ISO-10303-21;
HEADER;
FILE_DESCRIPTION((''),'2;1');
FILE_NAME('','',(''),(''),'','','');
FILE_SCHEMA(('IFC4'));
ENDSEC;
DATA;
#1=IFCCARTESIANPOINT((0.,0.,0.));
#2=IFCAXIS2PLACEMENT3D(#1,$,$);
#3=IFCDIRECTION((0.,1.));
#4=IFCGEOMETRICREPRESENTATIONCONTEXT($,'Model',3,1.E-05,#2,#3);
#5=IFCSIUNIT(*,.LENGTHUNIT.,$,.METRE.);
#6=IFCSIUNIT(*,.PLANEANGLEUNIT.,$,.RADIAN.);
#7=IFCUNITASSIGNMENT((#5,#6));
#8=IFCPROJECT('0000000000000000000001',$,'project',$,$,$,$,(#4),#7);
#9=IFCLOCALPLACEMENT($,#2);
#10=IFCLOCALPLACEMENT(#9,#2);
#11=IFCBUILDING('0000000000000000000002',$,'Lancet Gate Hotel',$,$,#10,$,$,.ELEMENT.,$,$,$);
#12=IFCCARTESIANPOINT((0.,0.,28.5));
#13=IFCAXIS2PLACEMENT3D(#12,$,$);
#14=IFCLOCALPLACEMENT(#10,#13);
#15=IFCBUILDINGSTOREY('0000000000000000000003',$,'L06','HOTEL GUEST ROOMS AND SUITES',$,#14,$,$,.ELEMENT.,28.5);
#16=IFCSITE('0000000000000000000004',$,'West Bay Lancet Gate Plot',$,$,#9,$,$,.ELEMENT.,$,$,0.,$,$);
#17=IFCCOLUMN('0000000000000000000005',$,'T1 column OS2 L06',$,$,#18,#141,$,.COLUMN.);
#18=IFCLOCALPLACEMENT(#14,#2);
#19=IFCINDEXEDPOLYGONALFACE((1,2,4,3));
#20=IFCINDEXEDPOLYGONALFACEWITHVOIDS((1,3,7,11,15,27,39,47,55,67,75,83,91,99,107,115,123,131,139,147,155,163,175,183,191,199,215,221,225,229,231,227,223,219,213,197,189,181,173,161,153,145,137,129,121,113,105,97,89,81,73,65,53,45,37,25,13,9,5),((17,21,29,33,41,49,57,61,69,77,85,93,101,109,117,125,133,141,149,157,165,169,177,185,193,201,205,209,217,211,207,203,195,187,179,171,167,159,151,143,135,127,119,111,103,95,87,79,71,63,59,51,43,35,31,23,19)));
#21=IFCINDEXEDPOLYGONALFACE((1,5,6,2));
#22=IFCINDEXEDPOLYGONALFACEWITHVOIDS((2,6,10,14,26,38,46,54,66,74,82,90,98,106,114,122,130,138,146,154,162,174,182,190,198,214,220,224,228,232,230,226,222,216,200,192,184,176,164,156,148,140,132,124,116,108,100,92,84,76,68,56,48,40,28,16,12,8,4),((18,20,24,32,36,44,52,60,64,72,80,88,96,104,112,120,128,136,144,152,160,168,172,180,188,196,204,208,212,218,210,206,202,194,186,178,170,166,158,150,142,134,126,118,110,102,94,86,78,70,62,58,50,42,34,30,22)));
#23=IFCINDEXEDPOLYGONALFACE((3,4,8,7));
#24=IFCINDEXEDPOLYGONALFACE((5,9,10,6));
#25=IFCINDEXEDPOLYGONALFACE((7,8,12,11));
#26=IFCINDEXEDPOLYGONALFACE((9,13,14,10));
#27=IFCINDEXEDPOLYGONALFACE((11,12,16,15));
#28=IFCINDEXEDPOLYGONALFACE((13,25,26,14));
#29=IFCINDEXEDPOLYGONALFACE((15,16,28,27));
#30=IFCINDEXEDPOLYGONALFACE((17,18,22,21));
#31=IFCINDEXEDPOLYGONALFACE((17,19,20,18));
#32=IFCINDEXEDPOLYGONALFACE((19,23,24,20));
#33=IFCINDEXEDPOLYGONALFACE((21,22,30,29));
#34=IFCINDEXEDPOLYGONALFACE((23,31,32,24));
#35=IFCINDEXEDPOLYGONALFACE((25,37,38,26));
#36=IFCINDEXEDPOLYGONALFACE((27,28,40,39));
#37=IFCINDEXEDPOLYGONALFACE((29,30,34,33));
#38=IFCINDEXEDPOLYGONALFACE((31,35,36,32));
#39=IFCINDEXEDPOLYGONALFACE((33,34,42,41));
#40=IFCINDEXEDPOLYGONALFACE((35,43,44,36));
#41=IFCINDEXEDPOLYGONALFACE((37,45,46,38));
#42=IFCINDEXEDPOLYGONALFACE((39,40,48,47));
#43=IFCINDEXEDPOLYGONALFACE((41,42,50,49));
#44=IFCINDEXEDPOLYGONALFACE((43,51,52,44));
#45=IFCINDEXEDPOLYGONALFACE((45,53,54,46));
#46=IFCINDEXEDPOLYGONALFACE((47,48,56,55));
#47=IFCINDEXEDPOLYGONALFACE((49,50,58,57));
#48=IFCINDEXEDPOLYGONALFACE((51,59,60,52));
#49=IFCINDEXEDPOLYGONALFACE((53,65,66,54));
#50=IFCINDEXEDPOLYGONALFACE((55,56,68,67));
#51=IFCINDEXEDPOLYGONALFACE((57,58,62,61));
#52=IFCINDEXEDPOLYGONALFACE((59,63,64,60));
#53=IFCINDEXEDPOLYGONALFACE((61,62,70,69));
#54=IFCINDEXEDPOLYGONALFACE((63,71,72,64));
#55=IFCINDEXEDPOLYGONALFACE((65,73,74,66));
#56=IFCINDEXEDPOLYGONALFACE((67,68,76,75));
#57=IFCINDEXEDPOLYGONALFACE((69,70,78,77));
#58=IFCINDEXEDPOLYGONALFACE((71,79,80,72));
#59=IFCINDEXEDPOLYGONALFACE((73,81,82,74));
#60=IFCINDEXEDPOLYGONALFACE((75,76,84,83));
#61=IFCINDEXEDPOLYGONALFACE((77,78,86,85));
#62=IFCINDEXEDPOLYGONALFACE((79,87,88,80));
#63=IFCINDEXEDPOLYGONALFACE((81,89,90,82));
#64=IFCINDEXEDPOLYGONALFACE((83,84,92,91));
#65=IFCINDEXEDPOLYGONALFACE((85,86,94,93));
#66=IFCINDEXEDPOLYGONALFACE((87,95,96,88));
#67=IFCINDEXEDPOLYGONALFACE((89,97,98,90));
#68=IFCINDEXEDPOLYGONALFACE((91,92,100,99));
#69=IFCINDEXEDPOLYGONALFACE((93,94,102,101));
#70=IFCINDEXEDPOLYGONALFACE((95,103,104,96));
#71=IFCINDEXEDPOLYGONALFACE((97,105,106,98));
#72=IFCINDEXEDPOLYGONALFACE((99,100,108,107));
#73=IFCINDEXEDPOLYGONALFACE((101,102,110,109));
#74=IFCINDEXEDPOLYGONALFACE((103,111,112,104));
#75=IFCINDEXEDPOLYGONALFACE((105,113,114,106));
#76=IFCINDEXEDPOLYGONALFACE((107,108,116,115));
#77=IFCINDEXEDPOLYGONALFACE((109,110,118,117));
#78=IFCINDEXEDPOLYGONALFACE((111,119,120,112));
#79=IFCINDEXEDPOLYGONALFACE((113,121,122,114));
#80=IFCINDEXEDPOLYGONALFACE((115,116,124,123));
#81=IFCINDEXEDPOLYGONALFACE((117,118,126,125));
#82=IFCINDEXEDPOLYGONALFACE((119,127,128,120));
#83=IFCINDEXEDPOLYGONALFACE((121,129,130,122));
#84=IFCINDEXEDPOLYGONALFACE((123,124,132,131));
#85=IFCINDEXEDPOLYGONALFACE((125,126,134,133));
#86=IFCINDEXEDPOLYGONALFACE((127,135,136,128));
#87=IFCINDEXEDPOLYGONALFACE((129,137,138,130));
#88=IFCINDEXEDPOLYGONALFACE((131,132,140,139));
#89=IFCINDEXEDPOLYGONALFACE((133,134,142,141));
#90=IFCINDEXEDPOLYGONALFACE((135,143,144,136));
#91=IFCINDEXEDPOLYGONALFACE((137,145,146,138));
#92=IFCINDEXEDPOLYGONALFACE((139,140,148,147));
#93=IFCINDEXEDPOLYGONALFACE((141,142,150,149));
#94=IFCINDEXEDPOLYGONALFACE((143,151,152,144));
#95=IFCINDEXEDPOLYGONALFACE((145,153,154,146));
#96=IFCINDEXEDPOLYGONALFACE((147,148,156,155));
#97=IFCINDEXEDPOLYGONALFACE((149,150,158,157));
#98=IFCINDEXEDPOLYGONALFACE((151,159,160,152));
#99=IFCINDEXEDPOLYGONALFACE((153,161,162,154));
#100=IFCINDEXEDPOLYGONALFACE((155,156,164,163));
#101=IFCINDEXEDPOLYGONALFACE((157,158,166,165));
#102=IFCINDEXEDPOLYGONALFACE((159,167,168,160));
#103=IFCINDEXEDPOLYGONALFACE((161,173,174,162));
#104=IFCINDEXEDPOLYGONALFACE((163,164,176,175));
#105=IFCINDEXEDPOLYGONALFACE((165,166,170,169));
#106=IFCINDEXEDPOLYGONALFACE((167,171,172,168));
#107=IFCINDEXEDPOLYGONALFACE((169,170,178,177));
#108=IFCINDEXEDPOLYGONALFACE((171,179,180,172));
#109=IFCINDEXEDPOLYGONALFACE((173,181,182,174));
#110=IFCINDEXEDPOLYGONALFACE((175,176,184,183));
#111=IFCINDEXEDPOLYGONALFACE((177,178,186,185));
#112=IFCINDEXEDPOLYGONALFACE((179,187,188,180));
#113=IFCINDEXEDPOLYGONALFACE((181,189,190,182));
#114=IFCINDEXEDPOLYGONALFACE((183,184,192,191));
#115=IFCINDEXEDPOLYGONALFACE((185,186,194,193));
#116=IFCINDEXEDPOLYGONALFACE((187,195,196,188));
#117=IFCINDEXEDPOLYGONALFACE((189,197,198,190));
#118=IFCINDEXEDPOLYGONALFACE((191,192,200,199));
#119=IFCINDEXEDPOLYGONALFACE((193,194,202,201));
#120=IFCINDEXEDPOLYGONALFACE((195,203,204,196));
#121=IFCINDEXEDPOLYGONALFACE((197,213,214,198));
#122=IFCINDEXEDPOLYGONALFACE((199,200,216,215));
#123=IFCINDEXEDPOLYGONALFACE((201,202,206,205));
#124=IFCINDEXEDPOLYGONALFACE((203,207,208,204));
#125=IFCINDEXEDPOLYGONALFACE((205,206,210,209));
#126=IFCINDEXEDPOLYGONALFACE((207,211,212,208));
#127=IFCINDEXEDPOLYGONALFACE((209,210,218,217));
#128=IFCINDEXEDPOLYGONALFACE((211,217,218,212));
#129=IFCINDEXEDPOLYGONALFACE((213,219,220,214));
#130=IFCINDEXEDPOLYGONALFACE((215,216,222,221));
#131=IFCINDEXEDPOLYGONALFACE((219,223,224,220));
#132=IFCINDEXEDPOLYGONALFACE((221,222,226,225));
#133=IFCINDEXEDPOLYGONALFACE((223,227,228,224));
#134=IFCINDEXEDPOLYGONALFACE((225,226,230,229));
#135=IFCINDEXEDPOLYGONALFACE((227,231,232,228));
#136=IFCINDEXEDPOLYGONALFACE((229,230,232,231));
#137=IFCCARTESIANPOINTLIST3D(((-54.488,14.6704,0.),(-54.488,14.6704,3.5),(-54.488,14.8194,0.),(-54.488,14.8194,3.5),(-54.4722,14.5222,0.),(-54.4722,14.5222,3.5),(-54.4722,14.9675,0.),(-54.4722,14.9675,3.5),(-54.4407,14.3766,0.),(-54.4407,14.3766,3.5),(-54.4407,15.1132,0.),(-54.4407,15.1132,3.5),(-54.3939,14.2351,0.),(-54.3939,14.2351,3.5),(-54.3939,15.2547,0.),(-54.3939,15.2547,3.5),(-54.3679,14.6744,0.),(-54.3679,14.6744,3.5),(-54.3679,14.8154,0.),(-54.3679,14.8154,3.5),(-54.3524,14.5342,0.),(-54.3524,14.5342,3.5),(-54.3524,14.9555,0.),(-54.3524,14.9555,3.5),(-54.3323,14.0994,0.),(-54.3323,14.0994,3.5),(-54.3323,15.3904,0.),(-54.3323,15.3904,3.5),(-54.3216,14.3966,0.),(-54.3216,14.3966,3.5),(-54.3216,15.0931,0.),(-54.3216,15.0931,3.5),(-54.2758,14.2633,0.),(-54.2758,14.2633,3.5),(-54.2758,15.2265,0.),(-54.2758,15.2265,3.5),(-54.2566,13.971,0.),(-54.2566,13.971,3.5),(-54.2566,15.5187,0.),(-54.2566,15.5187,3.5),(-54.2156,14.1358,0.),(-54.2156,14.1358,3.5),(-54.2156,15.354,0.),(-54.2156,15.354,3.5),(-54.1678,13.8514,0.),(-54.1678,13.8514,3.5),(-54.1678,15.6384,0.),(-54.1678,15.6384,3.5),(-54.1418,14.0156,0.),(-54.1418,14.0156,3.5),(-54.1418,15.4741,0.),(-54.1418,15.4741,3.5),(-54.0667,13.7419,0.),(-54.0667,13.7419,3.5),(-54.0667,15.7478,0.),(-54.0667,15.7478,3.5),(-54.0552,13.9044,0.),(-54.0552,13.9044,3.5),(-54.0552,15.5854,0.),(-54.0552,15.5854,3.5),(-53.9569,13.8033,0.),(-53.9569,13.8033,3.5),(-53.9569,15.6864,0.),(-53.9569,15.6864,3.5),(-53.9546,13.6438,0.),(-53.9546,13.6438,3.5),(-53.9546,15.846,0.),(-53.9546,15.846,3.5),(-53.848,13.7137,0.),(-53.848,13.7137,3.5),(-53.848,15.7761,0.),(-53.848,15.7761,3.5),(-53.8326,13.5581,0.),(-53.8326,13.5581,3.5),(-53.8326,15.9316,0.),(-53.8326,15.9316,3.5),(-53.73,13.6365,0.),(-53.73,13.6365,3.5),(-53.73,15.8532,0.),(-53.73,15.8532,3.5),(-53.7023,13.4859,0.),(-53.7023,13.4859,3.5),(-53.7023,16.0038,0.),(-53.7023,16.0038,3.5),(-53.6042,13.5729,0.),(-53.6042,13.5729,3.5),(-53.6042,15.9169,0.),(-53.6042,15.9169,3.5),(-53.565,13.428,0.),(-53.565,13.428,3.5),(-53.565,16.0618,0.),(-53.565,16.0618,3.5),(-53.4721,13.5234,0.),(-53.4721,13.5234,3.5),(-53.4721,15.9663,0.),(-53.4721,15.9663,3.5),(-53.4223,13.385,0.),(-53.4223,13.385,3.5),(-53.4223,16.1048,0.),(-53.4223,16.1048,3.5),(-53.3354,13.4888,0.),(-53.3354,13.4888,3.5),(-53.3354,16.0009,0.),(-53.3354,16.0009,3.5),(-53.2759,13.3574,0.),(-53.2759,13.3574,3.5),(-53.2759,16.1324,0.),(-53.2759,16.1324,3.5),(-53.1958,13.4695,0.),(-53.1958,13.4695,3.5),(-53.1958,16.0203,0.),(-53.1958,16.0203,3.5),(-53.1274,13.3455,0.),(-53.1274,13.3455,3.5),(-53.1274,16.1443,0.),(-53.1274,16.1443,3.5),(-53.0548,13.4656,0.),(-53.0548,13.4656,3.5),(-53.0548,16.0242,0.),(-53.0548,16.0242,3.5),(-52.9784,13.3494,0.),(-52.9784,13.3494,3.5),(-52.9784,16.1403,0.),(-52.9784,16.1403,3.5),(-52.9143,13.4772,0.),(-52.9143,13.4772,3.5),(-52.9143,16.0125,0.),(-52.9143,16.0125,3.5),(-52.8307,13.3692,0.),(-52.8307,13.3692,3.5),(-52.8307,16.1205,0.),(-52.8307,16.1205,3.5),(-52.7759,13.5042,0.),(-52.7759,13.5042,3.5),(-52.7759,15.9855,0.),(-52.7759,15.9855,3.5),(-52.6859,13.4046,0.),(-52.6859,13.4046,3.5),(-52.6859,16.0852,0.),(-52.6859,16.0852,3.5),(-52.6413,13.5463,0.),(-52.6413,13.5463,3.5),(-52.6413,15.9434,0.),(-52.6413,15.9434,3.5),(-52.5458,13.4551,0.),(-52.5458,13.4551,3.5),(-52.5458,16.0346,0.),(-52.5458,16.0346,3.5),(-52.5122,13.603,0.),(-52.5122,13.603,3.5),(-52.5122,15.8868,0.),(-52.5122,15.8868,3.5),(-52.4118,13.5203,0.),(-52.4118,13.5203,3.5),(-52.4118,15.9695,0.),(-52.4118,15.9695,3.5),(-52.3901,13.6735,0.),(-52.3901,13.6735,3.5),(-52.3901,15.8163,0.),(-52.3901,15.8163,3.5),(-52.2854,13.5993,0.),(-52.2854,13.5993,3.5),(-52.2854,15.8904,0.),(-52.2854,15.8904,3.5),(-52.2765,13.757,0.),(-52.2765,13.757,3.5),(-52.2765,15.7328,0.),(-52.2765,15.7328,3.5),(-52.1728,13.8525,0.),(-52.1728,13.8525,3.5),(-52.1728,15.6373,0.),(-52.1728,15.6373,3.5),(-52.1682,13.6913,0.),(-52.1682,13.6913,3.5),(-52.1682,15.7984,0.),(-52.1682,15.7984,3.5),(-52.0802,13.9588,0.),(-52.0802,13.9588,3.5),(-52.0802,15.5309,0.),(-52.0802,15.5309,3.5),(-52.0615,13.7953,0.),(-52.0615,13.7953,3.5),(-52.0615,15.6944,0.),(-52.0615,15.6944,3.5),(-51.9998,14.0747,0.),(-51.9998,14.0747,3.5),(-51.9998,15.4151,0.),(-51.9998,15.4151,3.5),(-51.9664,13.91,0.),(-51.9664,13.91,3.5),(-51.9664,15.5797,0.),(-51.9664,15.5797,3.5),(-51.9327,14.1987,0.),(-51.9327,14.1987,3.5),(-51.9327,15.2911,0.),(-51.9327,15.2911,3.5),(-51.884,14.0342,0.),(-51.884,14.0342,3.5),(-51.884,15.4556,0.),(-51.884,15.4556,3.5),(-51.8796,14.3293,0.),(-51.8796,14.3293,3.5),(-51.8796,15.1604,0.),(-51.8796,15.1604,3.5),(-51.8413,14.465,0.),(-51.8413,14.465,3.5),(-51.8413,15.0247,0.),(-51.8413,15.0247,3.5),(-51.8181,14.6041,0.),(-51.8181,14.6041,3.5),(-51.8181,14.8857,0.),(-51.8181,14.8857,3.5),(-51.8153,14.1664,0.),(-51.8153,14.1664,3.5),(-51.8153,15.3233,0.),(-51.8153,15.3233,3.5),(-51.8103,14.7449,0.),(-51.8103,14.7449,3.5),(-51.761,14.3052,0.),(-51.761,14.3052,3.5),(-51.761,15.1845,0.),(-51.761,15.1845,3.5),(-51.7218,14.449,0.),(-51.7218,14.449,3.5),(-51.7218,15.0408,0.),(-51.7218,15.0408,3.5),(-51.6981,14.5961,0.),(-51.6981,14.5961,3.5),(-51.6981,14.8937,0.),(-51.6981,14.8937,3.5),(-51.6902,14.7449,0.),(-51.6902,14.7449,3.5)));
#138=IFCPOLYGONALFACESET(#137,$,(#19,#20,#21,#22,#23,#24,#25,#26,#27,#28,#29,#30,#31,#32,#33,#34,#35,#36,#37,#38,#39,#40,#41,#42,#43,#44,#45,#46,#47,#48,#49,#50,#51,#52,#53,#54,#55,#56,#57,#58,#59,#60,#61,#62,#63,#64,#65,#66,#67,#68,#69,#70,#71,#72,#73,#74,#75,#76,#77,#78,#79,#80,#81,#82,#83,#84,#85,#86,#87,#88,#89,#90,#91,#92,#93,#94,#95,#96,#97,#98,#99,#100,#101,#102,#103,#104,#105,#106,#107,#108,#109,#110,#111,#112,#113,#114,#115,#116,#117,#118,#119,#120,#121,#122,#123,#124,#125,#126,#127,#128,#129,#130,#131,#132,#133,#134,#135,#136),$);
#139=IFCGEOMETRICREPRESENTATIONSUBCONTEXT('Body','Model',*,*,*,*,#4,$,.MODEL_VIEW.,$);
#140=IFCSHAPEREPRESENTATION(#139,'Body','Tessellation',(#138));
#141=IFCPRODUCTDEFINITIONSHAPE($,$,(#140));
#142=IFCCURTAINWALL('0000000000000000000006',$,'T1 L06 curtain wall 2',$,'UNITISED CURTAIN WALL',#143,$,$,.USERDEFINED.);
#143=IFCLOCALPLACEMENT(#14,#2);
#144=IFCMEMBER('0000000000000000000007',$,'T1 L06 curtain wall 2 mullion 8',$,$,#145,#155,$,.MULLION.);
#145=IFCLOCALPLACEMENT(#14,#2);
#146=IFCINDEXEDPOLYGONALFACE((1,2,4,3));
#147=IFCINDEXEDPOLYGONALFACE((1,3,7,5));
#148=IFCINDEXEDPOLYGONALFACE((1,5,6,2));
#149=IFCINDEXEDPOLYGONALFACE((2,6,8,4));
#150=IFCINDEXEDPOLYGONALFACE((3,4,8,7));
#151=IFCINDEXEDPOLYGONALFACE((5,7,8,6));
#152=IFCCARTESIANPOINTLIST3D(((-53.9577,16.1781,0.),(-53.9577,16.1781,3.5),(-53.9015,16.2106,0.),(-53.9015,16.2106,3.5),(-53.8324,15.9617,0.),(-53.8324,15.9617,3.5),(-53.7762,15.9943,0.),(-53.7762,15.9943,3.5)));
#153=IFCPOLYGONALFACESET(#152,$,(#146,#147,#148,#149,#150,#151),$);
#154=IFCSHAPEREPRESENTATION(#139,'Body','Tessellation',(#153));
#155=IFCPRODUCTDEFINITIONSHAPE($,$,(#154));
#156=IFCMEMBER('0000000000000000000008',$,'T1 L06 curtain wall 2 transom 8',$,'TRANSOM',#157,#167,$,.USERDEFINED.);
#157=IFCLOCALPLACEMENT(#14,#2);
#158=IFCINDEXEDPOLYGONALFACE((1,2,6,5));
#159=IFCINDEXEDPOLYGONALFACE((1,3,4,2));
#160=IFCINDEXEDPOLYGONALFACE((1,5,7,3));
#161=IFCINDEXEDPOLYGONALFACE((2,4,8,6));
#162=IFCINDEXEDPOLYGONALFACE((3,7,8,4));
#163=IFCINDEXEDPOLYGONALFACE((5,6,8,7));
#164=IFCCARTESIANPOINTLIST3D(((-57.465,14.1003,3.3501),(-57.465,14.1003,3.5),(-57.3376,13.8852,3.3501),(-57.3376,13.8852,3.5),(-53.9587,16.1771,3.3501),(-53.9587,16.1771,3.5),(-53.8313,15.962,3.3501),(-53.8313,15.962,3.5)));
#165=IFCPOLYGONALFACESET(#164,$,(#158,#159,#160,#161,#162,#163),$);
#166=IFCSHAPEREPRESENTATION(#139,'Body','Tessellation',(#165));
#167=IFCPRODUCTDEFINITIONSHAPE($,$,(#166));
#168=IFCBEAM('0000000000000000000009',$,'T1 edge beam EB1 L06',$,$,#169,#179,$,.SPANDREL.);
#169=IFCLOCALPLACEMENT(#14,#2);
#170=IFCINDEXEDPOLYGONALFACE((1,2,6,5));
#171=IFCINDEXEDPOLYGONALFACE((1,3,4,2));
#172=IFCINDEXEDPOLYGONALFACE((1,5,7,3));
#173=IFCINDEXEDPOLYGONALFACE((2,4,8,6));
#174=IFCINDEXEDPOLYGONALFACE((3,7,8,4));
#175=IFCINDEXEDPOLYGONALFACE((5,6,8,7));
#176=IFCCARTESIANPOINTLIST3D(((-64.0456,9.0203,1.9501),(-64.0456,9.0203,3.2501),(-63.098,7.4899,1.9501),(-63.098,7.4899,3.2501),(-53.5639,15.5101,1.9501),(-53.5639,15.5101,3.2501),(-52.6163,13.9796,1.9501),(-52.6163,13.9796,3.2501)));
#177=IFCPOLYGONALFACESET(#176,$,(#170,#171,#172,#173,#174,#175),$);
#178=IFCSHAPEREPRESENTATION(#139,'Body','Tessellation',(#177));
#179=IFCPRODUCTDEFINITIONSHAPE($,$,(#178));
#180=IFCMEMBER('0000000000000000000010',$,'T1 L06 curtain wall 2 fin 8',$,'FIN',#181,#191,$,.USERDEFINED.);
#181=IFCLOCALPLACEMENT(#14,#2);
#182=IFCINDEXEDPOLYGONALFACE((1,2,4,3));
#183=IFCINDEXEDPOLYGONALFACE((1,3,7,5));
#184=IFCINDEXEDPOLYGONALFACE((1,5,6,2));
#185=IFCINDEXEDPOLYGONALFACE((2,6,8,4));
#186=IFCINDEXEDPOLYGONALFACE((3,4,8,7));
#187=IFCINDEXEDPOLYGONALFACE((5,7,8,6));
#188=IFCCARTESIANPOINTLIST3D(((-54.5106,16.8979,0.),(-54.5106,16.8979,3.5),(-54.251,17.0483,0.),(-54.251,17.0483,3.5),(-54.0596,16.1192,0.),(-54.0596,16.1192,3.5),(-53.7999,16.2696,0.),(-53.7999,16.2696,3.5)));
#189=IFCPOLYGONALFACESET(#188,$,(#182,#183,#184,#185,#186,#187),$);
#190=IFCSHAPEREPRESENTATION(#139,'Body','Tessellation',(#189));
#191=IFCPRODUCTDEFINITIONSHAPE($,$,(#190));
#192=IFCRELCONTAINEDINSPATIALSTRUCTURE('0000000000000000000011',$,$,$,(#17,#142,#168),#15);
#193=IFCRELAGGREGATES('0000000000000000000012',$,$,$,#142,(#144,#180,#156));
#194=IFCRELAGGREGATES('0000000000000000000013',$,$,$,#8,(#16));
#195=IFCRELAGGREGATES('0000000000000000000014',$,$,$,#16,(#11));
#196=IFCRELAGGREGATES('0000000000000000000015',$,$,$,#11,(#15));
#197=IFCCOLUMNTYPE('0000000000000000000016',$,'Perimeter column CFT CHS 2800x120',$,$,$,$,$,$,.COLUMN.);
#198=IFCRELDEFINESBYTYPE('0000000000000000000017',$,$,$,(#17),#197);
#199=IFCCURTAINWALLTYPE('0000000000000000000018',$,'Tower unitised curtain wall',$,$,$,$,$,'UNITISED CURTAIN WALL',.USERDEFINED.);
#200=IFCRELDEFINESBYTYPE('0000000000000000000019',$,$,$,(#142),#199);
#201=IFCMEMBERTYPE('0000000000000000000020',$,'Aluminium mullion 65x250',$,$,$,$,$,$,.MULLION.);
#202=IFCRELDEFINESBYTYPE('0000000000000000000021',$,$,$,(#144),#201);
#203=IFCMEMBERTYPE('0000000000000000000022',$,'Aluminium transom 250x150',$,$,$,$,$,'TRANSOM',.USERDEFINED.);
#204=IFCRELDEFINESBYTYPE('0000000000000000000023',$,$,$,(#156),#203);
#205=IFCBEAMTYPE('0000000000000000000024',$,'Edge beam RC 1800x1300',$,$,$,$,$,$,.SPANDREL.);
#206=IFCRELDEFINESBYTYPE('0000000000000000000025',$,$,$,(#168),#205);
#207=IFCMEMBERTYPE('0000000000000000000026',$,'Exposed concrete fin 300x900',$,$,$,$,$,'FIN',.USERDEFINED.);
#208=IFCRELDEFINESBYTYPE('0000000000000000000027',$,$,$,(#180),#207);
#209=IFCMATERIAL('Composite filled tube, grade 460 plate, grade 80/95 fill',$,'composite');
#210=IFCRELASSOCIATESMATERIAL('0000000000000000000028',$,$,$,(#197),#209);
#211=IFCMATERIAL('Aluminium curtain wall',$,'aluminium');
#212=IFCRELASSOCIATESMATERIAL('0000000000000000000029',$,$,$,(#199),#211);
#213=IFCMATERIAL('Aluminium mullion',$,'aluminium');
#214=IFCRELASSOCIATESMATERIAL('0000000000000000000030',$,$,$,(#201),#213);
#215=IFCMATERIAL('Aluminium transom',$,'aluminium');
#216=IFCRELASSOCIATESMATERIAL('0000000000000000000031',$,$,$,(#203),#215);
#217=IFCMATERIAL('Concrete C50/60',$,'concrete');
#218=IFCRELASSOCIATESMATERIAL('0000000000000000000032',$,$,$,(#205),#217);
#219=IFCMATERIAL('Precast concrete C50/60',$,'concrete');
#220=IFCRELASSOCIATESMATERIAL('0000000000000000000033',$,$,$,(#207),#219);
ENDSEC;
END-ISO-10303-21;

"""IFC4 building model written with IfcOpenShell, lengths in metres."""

from ifc_helpers import new_model, si_unit, direction, frame, origin, origin_2d, place, context, subcontext, project, spatial, rectangle, hollow_circle, extrude, material, material_profile, profile_set, type_object, element, aggregate, save


model = new_model("IFC4")

# Units and contexts
model_context = context("Model", 3, precision=1e-05, world=origin(), true_north=direction((0.0, 1.0)))
body_context = subcontext(model_context, "Body", "Model", "MODEL_VIEW")
ifc_project = project(units=[si_unit("LENGTHUNIT", "METRE"), si_unit("PLANEANGLEUNIT", "RADIAN")], contexts=[model_context])

# Site, building, storey
site_placement = place(None, origin())
site = spatial("IfcSite", under=ifc_project, at=site_placement, Name="West Bay Lancet Gate Plot", CompositionType="ELEMENT", RefElevation=0.0)
building_placement = place(site_placement, origin())
building = spatial("IfcBuilding", under=site, at=building_placement, Name="Lancet Gate Hotel", CompositionType="ELEMENT")
storey_placement = place(building_placement, frame((0.0, 0.0, 28.5)))
storey = spatial("IfcBuildingStorey", under=building, at=storey_placement, Name="L06", Description="HOTEL GUEST ROOMS AND SUITES", CompositionType="ELEMENT", Elevation=28.5)

# Column
ifc_material_1 = material(Name="Composite filled tube, grade 460 plate, grade 80/95 fill", Category="composite")
ifc_material_profile_1 = material_profile(ifc_material_1, hollow_circle(Radius=1.3999, WallThickness=0.1201, at=origin_2d()), Name="CHS 2800x120")
ifc_profile_set_1 = profile_set([ifc_material_profile_1], Name="Composite filled tube, grade 460 plate, grade 80/95 fill")
column_type = type_object("IfcColumnType", Name="Perimeter column CFT CHS 2800x120", PredefinedType="COLUMN", material=ifc_profile_set_1)
column_placement = place(storey_placement, frame((-53.0901, 14.7449, 0.0), z_axis=(0.0, 0.0, 1.0), x_axis=(1.0, 0.0, 0.0)))
element("IfcColumn", 1, at=column_placement, inside=storey, type_object=column_type, Name="T1 column OS2 L06", PredefinedType="COLUMN", context=body_context, shape_type="SweptSolid", body=[
    extrude(hollow_circle(Radius=1.3999, WallThickness=0.1201, at=origin_2d()), origin(), (0.0, 0.0, 1.0), 3.5),
])

# Curtain wall, members
ifc_material_2 = material(Name="Aluminium curtain wall", Category="aluminium")
curtain_wall_type = type_object("IfcCurtainWallType", Name="Tower unitised curtain wall", ElementType="UNITISED CURTAIN WALL", PredefinedType="USERDEFINED", material=ifc_material_2)
curtain_wall_placement = place(storey_placement, origin())
curtain_wall = element("IfcCurtainWall", 2, at=curtain_wall_placement, inside=storey, type_object=curtain_wall_type, Name="T1 L06 curtain wall 2", ObjectType="UNITISED CURTAIN WALL", PredefinedType="USERDEFINED")
ifc_material_3 = material(Name="Aluminium mullion", Category="aluminium")
ifc_material_profile_2 = material_profile(ifc_material_3, rectangle(XDim=0.0649, YDim=0.25, at=origin_2d()), Name="MULLION 65x250")
ifc_profile_set_2 = profile_set([ifc_material_profile_2], Name="Aluminium mullion")
member_type_1 = type_object("IfcMemberType", Name="Aluminium mullion 65x250", PredefinedType="MULLION", material=ifc_profile_set_2)
member_1_placement = place(storey_placement, frame((-53.8669, 16.0862, 0.0), z_axis=(0.0, 0.0, 1.0), x_axis=(-0.865335, -0.501194, 0.0)))
member_1 = element("IfcMember", 3, at=member_1_placement, type_object=member_type_1, Name="T1 L06 curtain wall 2 mullion 8", PredefinedType="MULLION", context=body_context, shape_type="SweptSolid", body=[
    extrude(rectangle(XDim=0.0649, YDim=0.25, at=origin_2d()), origin(), (0.0, 0.0, 1.0), 3.5),
])
ifc_material_4 = material(Name="Aluminium transom", Category="aluminium")
ifc_material_profile_3 = material_profile(ifc_material_4, rectangle(XDim=0.25, YDim=0.1499, at=origin_2d()), Name="TRANSOM 250x150")
ifc_profile_set_3 = profile_set([ifc_material_profile_3], Name="Aluminium transom")
member_type_2 = type_object("IfcMemberType", Name="Aluminium transom 250x150", ElementType="TRANSOM", PredefinedType="USERDEFINED", material=ifc_profile_set_3)
member_2_placement = place(storey_placement, frame((-53.895, 16.0696, 3.425), z_axis=(-0.860392, -0.509633, 0.0), x_axis=(0.509633, -0.860392, 0.0)))
member_2 = element("IfcMember", 4, at=member_2_placement, type_object=member_type_2, Name="T1 L06 curtain wall 2 transom 8", ObjectType="TRANSOM", PredefinedType="USERDEFINED", context=body_context, shape_type="SweptSolid", body=[
    extrude(rectangle(XDim=0.25, YDim=0.1499, at=origin_2d()), origin(), (0.0, 0.0, 1.0), 4.0752),
])

# Beam
ifc_material_5 = material(Name="Concrete C50/60", Category="concrete")
ifc_material_profile_4 = material_profile(ifc_material_5, rectangle(XDim=1.8, YDim=1.3, at=origin_2d()), Name="RC 1800x1300")
ifc_profile_set_4 = profile_set([ifc_material_profile_4], Name="Concrete C50/60")
beam_type_1 = type_object("IfcBeamType", Name="Edge beam RC 1800x1300", PredefinedType="SPANDREL", material=ifc_profile_set_4)
beam_1_placement = place(storey_placement, frame((-53.0901, 14.7449, 2.6001), z_axis=(-0.850226, -0.526418, 0.0), x_axis=(0.526418, -0.850226, 0.0)))
element("IfcBeam", 5, at=beam_1_placement, inside=storey, type_object=beam_type_1, Name="T1 edge beam EB1 L06", PredefinedType="SPANDREL", context=body_context, shape_type="SweptSolid", body=[
    extrude(rectangle(XDim=1.8, YDim=1.3, at=origin_2d()), origin(), (0.0, 0.0, 1.0), 12.3281),
])

# Member
ifc_material_6 = material(Name="Precast concrete C50/60", Category="concrete")
ifc_material_profile_5 = material_profile(ifc_material_6, rectangle(XDim=0.3, YDim=0.8999, at=origin_2d()), Name="FIN 300x900")
ifc_profile_set_5 = profile_set([ifc_material_profile_5], Name="Precast concrete C50/60")
member_type_3 = type_object("IfcMemberType", Name="Exposed concrete fin 300x900", ElementType="FIN", PredefinedType="USERDEFINED", material=ifc_profile_set_5)
member_3_placement = place(storey_placement, frame((-54.1553, 16.5837, 0.0), z_axis=(0.0, 0.0, 1.0), x_axis=(-0.865335, -0.501194, 0.0)))
member_3 = element("IfcMember", 6, at=member_3_placement, type_object=member_type_3, Name="T1 L06 curtain wall 2 fin 8", ObjectType="FIN", PredefinedType="USERDEFINED", context=body_context, shape_type="SweptSolid", body=[
    extrude(rectangle(XDim=0.3, YDim=0.8999, at=origin_2d()), origin(), (0.0, 0.0, 1.0), 3.5),
])
aggregate(curtain_wall, [member_1, member_3, member_2])

save(model, "model.ifc")
